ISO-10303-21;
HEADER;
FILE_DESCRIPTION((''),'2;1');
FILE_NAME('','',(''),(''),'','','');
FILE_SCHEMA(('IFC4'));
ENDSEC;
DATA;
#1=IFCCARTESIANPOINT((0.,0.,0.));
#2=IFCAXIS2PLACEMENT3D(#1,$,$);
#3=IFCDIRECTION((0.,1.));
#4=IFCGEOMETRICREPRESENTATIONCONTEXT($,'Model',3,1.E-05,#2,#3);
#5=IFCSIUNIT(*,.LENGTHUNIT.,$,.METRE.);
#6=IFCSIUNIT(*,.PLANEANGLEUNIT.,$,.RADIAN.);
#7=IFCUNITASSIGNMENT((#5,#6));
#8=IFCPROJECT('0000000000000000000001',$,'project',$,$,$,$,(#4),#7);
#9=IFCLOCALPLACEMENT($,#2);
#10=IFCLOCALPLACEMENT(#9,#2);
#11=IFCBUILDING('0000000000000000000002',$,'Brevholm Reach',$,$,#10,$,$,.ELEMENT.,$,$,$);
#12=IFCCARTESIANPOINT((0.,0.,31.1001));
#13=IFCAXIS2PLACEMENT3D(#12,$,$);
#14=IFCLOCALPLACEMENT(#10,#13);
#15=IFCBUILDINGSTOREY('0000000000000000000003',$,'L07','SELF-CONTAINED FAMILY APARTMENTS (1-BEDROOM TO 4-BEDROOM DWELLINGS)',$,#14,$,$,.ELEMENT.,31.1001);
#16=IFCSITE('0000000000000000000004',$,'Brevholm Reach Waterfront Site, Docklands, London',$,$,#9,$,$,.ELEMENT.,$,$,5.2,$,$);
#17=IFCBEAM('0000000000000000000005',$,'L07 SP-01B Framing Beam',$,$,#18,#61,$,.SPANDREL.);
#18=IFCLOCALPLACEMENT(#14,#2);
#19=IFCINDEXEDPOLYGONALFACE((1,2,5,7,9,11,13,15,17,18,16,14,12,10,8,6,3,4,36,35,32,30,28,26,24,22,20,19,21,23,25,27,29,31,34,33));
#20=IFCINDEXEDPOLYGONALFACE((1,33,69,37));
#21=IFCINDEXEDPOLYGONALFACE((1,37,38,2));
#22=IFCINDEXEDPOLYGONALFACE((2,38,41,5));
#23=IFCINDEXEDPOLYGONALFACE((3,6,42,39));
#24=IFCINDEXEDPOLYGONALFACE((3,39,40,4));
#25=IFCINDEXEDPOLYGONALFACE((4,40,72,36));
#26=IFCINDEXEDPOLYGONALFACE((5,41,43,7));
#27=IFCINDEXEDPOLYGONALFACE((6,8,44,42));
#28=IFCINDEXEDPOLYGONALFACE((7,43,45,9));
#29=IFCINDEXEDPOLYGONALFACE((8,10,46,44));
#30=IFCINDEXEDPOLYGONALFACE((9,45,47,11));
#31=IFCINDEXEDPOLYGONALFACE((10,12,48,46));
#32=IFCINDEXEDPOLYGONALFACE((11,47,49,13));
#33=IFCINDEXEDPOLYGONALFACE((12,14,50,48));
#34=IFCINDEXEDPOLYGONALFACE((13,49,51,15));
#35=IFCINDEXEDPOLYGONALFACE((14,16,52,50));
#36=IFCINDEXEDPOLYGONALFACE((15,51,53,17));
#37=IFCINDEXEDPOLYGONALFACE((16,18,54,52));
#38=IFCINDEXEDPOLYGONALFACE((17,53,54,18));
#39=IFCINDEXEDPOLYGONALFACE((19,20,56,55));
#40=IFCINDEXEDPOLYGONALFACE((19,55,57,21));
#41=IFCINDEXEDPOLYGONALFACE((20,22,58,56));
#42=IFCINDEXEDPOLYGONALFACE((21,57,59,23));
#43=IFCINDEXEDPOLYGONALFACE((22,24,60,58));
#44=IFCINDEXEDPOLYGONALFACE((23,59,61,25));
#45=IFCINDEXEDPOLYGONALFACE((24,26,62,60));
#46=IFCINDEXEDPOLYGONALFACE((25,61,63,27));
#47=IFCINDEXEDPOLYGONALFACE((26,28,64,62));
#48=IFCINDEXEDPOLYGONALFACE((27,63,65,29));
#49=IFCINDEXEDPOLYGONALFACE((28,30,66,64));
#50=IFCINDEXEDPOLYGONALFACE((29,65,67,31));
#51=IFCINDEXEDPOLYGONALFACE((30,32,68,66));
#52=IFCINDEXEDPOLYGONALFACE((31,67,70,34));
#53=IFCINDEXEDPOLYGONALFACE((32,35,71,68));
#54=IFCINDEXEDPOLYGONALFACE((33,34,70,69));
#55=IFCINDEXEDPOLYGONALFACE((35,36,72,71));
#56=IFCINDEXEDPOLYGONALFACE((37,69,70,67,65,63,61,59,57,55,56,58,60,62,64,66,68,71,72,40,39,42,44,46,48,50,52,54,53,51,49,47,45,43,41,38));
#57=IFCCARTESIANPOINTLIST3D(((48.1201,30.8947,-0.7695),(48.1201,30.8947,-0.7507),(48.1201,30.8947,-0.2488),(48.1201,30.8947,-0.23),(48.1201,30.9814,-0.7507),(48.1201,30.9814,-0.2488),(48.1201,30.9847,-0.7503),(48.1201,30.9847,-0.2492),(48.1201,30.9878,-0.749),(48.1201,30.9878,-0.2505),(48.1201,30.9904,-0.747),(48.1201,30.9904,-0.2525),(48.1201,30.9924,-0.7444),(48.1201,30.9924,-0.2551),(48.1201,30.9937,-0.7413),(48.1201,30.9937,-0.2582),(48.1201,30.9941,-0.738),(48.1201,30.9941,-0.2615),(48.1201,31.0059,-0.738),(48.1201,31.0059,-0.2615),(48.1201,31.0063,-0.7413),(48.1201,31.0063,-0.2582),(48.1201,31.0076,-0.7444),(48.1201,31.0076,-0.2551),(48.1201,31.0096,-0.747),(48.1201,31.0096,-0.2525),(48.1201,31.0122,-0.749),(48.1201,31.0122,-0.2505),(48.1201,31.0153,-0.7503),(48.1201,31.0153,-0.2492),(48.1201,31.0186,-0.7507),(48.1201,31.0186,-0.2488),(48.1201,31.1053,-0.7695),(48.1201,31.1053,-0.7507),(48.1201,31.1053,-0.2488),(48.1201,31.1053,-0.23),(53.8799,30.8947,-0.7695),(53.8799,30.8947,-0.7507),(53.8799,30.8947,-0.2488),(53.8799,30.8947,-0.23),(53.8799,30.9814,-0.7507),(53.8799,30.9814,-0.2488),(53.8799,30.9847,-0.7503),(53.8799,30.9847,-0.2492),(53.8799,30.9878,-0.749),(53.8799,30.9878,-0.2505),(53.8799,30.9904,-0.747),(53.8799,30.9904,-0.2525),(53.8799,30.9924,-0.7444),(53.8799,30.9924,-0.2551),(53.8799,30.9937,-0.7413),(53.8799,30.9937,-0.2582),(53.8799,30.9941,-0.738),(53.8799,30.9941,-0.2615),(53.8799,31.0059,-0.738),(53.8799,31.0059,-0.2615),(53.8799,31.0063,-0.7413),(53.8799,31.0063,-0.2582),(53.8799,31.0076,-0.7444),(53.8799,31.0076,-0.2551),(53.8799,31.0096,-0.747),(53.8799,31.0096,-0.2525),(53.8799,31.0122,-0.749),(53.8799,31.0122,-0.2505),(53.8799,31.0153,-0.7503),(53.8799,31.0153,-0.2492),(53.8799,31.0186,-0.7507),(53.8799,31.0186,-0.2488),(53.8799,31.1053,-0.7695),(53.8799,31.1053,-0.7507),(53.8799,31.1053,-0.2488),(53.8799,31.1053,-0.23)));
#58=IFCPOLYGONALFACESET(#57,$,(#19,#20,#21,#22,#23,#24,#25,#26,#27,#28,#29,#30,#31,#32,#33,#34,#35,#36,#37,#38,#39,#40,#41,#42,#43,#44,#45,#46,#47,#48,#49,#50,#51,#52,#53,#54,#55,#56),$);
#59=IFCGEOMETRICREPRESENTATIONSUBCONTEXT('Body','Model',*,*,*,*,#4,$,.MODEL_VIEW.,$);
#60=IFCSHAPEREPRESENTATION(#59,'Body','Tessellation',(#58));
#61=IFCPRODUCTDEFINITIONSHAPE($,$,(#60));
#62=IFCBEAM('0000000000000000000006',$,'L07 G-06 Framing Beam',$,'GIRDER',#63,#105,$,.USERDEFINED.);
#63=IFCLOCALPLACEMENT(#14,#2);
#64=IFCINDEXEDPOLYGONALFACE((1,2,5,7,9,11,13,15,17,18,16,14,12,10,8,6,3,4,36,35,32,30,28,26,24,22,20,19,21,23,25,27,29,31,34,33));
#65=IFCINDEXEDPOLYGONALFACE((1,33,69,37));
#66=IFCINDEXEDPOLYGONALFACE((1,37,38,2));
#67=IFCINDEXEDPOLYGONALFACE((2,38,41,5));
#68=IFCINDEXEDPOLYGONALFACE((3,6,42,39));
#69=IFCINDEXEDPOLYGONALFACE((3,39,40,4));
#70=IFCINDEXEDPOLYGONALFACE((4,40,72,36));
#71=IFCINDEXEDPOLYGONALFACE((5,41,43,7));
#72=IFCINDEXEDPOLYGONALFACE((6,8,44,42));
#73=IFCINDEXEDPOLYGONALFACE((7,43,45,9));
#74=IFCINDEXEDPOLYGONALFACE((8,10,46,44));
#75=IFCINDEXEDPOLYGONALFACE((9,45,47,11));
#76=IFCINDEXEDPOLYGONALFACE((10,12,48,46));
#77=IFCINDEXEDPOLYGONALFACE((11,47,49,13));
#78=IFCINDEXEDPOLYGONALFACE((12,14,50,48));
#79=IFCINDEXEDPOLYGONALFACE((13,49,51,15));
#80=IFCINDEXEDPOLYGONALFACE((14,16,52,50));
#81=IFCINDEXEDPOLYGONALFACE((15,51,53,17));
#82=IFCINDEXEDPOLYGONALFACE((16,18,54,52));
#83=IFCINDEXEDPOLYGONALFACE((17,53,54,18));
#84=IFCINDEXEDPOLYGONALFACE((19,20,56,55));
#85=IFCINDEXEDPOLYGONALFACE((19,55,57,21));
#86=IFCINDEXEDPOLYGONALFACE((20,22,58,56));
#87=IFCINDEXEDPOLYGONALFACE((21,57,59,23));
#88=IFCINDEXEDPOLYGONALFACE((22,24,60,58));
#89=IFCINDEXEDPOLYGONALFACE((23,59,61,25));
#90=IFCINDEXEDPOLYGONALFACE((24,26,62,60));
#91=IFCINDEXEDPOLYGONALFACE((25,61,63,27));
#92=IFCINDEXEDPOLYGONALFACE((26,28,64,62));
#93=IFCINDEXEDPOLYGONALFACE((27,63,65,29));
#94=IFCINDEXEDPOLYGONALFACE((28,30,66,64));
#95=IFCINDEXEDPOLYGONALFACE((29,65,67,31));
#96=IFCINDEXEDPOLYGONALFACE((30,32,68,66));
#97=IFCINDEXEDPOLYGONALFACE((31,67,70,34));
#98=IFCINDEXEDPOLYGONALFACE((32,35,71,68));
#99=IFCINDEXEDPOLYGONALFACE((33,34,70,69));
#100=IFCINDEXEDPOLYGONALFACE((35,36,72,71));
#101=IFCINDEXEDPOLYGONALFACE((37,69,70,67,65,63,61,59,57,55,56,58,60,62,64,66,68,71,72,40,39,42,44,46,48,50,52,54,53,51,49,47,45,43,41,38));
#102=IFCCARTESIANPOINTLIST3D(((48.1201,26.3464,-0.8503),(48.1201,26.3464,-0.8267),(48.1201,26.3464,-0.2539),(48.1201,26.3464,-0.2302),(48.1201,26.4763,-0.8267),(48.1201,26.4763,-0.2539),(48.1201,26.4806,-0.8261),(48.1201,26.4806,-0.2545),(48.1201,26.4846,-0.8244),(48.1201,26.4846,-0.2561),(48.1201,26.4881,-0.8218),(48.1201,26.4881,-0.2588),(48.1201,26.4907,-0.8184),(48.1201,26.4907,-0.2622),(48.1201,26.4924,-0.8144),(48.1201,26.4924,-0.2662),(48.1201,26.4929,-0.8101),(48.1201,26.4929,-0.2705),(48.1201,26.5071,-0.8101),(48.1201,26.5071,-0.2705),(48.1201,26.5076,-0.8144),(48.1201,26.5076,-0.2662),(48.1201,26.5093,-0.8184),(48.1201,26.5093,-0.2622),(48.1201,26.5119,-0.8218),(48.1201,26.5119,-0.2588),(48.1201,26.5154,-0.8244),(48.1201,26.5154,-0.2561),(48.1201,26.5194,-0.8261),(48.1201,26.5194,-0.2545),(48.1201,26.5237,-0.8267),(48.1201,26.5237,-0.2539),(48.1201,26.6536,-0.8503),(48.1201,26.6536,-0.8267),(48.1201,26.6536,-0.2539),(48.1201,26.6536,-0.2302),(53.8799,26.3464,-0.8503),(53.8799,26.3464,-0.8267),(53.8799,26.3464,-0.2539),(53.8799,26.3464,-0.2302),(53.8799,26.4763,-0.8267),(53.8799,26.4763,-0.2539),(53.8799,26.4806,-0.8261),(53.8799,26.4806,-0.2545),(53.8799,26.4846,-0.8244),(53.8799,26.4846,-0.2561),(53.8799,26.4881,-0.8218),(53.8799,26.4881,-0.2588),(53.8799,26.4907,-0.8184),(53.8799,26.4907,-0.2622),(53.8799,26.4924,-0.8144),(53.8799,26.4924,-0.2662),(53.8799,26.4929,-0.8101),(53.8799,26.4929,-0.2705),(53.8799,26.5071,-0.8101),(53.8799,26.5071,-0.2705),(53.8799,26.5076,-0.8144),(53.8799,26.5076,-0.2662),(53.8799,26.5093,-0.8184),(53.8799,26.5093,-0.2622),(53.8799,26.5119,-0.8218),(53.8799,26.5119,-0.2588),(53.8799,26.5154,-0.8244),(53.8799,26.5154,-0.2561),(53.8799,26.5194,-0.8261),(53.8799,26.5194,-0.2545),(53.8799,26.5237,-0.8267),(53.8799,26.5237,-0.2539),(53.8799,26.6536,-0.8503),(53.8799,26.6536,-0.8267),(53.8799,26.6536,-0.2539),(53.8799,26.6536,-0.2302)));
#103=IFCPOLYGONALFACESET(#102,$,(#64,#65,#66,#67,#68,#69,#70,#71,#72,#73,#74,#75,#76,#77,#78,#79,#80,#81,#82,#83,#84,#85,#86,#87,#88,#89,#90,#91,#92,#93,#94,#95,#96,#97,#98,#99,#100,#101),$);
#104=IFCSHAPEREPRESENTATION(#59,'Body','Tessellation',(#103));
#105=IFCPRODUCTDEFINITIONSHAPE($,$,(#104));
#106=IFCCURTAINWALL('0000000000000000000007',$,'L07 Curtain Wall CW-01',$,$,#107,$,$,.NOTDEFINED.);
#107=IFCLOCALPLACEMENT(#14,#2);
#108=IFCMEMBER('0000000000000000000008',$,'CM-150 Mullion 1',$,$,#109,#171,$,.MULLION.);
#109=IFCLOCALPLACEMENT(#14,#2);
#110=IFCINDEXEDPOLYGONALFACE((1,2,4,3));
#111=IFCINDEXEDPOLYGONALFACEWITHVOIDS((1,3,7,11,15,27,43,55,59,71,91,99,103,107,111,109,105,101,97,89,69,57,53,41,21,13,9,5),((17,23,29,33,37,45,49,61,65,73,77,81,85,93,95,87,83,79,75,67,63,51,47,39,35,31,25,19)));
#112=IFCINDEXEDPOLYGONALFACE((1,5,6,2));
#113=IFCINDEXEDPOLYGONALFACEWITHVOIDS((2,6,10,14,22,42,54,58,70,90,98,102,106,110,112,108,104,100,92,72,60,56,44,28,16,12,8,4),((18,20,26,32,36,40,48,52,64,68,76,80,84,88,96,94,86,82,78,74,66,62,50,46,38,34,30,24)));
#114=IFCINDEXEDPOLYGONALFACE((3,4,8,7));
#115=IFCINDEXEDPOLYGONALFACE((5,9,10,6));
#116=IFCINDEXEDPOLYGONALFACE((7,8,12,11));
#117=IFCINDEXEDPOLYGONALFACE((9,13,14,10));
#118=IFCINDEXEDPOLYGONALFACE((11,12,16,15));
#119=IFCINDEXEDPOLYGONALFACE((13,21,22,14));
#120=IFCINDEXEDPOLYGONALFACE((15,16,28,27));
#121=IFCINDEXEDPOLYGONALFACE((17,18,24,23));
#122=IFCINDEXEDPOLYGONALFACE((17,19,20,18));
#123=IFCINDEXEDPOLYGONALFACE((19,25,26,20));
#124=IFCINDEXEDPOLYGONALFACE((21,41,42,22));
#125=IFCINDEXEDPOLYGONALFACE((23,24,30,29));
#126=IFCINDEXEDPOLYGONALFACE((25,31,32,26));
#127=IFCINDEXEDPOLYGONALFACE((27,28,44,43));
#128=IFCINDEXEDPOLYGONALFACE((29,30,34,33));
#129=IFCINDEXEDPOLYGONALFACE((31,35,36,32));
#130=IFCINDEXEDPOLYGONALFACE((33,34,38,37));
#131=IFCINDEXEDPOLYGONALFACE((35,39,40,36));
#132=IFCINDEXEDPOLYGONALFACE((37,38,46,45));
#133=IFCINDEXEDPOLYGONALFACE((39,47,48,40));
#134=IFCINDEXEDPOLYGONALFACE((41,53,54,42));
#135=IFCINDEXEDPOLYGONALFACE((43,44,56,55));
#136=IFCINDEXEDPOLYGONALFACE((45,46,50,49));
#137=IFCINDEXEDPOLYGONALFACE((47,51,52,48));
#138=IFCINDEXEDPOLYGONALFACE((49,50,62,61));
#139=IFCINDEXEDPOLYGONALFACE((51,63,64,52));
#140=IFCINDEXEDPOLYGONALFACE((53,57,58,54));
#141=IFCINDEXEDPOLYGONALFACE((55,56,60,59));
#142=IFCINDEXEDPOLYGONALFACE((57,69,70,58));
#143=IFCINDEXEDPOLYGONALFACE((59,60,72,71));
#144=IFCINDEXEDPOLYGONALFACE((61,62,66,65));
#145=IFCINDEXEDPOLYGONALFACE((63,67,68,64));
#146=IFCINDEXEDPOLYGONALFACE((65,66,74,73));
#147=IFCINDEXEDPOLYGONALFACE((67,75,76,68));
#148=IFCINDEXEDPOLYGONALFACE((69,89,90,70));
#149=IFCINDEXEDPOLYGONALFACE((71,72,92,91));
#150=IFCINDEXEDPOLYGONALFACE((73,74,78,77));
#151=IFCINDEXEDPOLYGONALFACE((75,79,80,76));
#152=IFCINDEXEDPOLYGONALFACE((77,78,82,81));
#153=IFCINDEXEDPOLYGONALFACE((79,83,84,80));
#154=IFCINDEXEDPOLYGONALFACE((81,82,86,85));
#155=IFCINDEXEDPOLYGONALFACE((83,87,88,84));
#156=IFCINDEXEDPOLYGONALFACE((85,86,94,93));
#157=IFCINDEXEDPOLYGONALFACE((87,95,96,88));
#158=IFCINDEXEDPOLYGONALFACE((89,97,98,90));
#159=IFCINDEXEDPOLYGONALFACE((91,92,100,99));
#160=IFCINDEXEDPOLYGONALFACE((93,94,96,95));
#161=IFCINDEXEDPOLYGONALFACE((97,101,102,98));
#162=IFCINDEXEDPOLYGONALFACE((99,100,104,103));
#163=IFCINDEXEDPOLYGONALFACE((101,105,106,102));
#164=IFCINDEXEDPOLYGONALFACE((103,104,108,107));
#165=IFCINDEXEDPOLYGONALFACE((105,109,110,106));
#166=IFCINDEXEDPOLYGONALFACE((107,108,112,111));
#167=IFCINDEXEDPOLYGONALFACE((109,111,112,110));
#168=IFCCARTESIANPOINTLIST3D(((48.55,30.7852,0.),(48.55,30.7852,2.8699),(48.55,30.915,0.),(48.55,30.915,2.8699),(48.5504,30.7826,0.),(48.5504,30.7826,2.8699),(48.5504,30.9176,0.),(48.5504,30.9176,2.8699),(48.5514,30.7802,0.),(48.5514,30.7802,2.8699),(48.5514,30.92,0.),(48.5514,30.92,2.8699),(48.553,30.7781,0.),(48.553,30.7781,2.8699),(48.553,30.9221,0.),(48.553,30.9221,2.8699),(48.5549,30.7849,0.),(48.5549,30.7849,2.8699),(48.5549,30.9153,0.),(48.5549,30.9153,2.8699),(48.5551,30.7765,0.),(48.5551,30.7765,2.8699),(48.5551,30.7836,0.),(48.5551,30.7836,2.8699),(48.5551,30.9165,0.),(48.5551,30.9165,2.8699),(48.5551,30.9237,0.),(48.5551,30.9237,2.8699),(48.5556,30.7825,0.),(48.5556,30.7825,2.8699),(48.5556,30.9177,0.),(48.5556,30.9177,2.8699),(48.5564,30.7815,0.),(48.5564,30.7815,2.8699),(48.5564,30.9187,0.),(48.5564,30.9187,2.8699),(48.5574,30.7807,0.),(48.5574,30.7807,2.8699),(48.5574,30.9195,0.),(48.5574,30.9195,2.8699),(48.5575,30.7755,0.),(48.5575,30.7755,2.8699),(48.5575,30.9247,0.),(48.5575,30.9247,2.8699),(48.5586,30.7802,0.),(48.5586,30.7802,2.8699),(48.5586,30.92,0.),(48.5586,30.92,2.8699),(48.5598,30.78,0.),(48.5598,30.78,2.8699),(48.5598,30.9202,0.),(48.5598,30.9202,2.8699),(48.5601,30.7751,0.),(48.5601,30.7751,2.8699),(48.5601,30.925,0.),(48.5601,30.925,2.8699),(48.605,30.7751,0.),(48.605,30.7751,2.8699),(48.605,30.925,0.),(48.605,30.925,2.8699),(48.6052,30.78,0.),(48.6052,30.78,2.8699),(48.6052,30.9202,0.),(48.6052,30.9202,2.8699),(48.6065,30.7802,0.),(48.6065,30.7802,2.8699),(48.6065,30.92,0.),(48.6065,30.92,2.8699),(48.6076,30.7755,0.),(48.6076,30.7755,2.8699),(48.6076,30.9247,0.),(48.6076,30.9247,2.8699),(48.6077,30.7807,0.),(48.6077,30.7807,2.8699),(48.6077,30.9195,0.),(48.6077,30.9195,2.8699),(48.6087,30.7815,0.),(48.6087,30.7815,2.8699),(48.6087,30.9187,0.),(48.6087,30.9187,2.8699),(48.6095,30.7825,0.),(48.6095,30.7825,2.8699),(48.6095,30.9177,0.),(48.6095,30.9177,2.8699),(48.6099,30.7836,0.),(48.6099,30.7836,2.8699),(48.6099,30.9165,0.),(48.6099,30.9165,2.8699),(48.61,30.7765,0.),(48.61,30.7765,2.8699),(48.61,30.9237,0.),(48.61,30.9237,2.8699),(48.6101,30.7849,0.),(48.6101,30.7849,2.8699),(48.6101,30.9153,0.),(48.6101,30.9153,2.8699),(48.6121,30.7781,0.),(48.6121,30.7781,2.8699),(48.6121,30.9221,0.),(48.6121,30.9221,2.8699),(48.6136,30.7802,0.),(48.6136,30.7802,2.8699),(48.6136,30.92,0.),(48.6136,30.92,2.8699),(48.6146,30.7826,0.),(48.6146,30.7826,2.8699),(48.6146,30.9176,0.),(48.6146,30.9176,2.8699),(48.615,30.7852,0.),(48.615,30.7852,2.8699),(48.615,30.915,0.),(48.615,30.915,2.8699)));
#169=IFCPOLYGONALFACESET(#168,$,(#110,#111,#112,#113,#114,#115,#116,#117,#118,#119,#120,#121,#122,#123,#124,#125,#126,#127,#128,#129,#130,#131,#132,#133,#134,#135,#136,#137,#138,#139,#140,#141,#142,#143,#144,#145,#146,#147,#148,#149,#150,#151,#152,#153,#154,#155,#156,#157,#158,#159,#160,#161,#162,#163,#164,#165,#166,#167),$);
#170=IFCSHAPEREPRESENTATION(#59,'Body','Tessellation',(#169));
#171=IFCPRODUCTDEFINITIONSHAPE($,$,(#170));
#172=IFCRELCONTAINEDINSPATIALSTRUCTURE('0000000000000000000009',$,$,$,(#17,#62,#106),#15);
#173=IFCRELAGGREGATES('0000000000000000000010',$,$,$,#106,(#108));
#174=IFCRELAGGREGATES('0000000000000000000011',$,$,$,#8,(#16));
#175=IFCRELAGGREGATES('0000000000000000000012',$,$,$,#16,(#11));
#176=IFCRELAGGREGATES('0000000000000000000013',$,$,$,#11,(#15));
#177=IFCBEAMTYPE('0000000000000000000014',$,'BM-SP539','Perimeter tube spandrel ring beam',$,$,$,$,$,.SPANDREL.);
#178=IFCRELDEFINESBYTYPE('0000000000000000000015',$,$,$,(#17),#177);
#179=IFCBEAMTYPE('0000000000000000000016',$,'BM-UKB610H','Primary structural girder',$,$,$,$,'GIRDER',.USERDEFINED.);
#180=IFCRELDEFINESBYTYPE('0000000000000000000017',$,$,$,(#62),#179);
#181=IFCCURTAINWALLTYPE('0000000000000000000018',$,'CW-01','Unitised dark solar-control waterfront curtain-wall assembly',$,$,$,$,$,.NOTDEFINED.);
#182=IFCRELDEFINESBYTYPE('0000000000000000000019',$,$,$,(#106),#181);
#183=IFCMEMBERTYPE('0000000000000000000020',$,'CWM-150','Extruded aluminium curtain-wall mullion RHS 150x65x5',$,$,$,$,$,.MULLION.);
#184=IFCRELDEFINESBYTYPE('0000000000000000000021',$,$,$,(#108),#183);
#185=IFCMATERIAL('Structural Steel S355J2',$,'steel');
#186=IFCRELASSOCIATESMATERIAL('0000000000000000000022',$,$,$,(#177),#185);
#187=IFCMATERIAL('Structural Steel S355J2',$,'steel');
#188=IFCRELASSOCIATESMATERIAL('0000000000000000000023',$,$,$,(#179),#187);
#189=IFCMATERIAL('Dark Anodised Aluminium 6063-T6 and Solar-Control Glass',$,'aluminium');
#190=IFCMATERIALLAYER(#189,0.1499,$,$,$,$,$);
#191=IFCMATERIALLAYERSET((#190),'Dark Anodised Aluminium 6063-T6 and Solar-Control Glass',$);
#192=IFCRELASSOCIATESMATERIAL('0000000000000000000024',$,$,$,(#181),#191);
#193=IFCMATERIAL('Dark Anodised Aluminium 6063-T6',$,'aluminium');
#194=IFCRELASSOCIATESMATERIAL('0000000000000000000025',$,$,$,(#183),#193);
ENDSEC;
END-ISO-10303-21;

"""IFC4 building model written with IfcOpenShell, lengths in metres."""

from ifc_helpers import new_model, si_unit, direction, frame, origin, origin_2d, place, context, subcontext, project, spatial, hollow_rectangle, i_section, extrude, material, layer, layer_set, material_profile, profile_set, type_object, element, aggregate, save


model = new_model("IFC4")

# Units and contexts
model_context = context("Model", 3, precision=1e-05, world=origin(), true_north=direction((0.0, 1.0)))
body_context = subcontext(model_context, "Body", "Model", "MODEL_VIEW")
ifc_project = project(units=[si_unit("LENGTHUNIT", "METRE"), si_unit("PLANEANGLEUNIT", "RADIAN")], contexts=[model_context])

# Site, building, storey
site_placement = place(None, origin())
site = spatial("IfcSite", under=ifc_project, at=site_placement, Name="Brevholm Reach Waterfront Site, Docklands, London", CompositionType="ELEMENT", RefElevation=5.2)
building_placement = place(site_placement, origin())
building = spatial("IfcBuilding", under=site, at=building_placement, Name="Brevholm Reach", CompositionType="ELEMENT")
storey_placement = place(building_placement, frame((0.0, 0.0, 31.1001)))
storey = spatial("IfcBuildingStorey", under=building, at=storey_placement, Name="L07", Description="SELF-CONTAINED FAMILY APARTMENTS (1-BEDROOM TO 4-BEDROOM DWELLINGS)", CompositionType="ELEMENT", Elevation=31.1001)

# Beams
ifc_material_1 = material(Name="Structural Steel S355J2", Category="steel")
ifc_material_profile_1 = material_profile(ifc_material_1, i_section(OverallWidth=0.2107, OverallDepth=0.5396, WebThickness=0.0117, FlangeThickness=0.0188, FilletRadius=0.0127, at=origin_2d()), Name="UKB 533x210x109")
ifc_profile_set_1 = profile_set([ifc_material_profile_1], Name="Structural Steel S355J2")
beam_type_1 = type_object("IfcBeamType", Name="BM-SP539", Description="Perimeter tube spandrel ring beam", PredefinedType="SPANDREL", material=ifc_profile_set_1)
beam_1_placement = place(storey_placement, frame((48.1201, 31.0, -0.4998), z_axis=(1.0, 0.0, 0.0), x_axis=(0.0, 1.0, 0.0)))
element("IfcBeam", 1, at=beam_1_placement, inside=storey, type_object=beam_type_1, Name="L07 SP-01B Framing Beam", PredefinedType="SPANDREL", context=body_context, shape_type="SweptSolid", body=[
    extrude(i_section(OverallWidth=0.2107, OverallDepth=0.5396, WebThickness=0.0117, FlangeThickness=0.0188, FilletRadius=0.0127, at=origin_2d()), origin(), (0.0, 0.0, 1.0), 5.7598),
])
ifc_material_2 = material(Name="Structural Steel S355J2", Category="steel")
ifc_material_profile_2 = material_profile(ifc_material_2, i_section(OverallWidth=0.3071, OverallDepth=0.6201, WebThickness=0.0142, FlangeThickness=0.0237, FilletRadius=0.0166, at=origin_2d()), Name="UKB 610x305x179")
ifc_profile_set_2 = profile_set([ifc_material_profile_2], Name="Structural Steel S355J2")
beam_type_2 = type_object("IfcBeamType", Name="BM-UKB610H", Description="Primary structural girder", ElementType="GIRDER", PredefinedType="USERDEFINED", material=ifc_profile_set_2)
beam_2_placement = place(storey_placement, frame((48.1201, 26.5, -0.5403), z_axis=(1.0, 0.0, 0.0), x_axis=(0.0, 1.0, 0.0)))
element("IfcBeam", 2, at=beam_2_placement, inside=storey, type_object=beam_type_2, Name="L07 G-06 Framing Beam", ObjectType="GIRDER", PredefinedType="USERDEFINED", context=body_context, shape_type="SweptSolid", body=[
    extrude(i_section(OverallWidth=0.3071, OverallDepth=0.6201, WebThickness=0.0142, FlangeThickness=0.0237, FilletRadius=0.0166, at=origin_2d()), origin(), (0.0, 0.0, 1.0), 5.7598),
])

# Curtain wall, member
ifc_material_3 = material(Name="Dark Anodised Aluminium 6063-T6 and Solar-Control Glass", Category="aluminium")
ifc_layer_1 = layer(ifc_material_3, 0.1499)
ifc_layer_set_1 = layer_set([ifc_layer_1], Name="Dark Anodised Aluminium 6063-T6 and Solar-Control Glass")
curtain_wall_type = type_object("IfcCurtainWallType", Name="CW-01", Description="Unitised dark solar-control waterfront curtain-wall assembly", PredefinedType="NOTDEFINED", material=ifc_layer_set_1)
curtain_wall_placement = place(storey_placement, origin())
curtain_wall = element("IfcCurtainWall", 3, at=curtain_wall_placement, inside=storey, type_object=curtain_wall_type, Name="L07 Curtain Wall CW-01", PredefinedType="NOTDEFINED")
ifc_material_4 = material(Name="Dark Anodised Aluminium 6063-T6", Category="aluminium")
ifc_material_profile_3 = material_profile(ifc_material_4, hollow_rectangle(XDim=0.0649, YDim=0.1499, WallThickness=0.0049, InnerFilletRadius=0.0049, OuterFilletRadius=0.01, at=origin_2d()), Name="RHS 150x65x5")
ifc_profile_set_3 = profile_set([ifc_material_profile_3], Name="Dark Anodised Aluminium 6063-T6")
member_type_1 = type_object("IfcMemberType", Name="CWM-150", Description="Extruded aluminium curtain-wall mullion RHS 150x65x5", PredefinedType="MULLION", material=ifc_profile_set_3)
member_1_placement = place(storey_placement, frame((48.5825, 30.8501, 0.0), z_axis=(0.0, 0.0, 1.0), x_axis=(1.0, 0.0, 0.0)))
member_1 = element("IfcMember", 4, at=member_1_placement, type_object=member_type_1, Name="CM-150 Mullion 1", PredefinedType="MULLION", context=body_context, shape_type="SweptSolid", body=[
    extrude(hollow_rectangle(XDim=0.0649, YDim=0.1499, WallThickness=0.0049, InnerFilletRadius=0.0049, OuterFilletRadius=0.01, at=origin_2d()), origin(), (0.0, 0.0, 1.0), 2.8699),
])
aggregate(curtain_wall, [member_1])

save(model, "model.ifc")
